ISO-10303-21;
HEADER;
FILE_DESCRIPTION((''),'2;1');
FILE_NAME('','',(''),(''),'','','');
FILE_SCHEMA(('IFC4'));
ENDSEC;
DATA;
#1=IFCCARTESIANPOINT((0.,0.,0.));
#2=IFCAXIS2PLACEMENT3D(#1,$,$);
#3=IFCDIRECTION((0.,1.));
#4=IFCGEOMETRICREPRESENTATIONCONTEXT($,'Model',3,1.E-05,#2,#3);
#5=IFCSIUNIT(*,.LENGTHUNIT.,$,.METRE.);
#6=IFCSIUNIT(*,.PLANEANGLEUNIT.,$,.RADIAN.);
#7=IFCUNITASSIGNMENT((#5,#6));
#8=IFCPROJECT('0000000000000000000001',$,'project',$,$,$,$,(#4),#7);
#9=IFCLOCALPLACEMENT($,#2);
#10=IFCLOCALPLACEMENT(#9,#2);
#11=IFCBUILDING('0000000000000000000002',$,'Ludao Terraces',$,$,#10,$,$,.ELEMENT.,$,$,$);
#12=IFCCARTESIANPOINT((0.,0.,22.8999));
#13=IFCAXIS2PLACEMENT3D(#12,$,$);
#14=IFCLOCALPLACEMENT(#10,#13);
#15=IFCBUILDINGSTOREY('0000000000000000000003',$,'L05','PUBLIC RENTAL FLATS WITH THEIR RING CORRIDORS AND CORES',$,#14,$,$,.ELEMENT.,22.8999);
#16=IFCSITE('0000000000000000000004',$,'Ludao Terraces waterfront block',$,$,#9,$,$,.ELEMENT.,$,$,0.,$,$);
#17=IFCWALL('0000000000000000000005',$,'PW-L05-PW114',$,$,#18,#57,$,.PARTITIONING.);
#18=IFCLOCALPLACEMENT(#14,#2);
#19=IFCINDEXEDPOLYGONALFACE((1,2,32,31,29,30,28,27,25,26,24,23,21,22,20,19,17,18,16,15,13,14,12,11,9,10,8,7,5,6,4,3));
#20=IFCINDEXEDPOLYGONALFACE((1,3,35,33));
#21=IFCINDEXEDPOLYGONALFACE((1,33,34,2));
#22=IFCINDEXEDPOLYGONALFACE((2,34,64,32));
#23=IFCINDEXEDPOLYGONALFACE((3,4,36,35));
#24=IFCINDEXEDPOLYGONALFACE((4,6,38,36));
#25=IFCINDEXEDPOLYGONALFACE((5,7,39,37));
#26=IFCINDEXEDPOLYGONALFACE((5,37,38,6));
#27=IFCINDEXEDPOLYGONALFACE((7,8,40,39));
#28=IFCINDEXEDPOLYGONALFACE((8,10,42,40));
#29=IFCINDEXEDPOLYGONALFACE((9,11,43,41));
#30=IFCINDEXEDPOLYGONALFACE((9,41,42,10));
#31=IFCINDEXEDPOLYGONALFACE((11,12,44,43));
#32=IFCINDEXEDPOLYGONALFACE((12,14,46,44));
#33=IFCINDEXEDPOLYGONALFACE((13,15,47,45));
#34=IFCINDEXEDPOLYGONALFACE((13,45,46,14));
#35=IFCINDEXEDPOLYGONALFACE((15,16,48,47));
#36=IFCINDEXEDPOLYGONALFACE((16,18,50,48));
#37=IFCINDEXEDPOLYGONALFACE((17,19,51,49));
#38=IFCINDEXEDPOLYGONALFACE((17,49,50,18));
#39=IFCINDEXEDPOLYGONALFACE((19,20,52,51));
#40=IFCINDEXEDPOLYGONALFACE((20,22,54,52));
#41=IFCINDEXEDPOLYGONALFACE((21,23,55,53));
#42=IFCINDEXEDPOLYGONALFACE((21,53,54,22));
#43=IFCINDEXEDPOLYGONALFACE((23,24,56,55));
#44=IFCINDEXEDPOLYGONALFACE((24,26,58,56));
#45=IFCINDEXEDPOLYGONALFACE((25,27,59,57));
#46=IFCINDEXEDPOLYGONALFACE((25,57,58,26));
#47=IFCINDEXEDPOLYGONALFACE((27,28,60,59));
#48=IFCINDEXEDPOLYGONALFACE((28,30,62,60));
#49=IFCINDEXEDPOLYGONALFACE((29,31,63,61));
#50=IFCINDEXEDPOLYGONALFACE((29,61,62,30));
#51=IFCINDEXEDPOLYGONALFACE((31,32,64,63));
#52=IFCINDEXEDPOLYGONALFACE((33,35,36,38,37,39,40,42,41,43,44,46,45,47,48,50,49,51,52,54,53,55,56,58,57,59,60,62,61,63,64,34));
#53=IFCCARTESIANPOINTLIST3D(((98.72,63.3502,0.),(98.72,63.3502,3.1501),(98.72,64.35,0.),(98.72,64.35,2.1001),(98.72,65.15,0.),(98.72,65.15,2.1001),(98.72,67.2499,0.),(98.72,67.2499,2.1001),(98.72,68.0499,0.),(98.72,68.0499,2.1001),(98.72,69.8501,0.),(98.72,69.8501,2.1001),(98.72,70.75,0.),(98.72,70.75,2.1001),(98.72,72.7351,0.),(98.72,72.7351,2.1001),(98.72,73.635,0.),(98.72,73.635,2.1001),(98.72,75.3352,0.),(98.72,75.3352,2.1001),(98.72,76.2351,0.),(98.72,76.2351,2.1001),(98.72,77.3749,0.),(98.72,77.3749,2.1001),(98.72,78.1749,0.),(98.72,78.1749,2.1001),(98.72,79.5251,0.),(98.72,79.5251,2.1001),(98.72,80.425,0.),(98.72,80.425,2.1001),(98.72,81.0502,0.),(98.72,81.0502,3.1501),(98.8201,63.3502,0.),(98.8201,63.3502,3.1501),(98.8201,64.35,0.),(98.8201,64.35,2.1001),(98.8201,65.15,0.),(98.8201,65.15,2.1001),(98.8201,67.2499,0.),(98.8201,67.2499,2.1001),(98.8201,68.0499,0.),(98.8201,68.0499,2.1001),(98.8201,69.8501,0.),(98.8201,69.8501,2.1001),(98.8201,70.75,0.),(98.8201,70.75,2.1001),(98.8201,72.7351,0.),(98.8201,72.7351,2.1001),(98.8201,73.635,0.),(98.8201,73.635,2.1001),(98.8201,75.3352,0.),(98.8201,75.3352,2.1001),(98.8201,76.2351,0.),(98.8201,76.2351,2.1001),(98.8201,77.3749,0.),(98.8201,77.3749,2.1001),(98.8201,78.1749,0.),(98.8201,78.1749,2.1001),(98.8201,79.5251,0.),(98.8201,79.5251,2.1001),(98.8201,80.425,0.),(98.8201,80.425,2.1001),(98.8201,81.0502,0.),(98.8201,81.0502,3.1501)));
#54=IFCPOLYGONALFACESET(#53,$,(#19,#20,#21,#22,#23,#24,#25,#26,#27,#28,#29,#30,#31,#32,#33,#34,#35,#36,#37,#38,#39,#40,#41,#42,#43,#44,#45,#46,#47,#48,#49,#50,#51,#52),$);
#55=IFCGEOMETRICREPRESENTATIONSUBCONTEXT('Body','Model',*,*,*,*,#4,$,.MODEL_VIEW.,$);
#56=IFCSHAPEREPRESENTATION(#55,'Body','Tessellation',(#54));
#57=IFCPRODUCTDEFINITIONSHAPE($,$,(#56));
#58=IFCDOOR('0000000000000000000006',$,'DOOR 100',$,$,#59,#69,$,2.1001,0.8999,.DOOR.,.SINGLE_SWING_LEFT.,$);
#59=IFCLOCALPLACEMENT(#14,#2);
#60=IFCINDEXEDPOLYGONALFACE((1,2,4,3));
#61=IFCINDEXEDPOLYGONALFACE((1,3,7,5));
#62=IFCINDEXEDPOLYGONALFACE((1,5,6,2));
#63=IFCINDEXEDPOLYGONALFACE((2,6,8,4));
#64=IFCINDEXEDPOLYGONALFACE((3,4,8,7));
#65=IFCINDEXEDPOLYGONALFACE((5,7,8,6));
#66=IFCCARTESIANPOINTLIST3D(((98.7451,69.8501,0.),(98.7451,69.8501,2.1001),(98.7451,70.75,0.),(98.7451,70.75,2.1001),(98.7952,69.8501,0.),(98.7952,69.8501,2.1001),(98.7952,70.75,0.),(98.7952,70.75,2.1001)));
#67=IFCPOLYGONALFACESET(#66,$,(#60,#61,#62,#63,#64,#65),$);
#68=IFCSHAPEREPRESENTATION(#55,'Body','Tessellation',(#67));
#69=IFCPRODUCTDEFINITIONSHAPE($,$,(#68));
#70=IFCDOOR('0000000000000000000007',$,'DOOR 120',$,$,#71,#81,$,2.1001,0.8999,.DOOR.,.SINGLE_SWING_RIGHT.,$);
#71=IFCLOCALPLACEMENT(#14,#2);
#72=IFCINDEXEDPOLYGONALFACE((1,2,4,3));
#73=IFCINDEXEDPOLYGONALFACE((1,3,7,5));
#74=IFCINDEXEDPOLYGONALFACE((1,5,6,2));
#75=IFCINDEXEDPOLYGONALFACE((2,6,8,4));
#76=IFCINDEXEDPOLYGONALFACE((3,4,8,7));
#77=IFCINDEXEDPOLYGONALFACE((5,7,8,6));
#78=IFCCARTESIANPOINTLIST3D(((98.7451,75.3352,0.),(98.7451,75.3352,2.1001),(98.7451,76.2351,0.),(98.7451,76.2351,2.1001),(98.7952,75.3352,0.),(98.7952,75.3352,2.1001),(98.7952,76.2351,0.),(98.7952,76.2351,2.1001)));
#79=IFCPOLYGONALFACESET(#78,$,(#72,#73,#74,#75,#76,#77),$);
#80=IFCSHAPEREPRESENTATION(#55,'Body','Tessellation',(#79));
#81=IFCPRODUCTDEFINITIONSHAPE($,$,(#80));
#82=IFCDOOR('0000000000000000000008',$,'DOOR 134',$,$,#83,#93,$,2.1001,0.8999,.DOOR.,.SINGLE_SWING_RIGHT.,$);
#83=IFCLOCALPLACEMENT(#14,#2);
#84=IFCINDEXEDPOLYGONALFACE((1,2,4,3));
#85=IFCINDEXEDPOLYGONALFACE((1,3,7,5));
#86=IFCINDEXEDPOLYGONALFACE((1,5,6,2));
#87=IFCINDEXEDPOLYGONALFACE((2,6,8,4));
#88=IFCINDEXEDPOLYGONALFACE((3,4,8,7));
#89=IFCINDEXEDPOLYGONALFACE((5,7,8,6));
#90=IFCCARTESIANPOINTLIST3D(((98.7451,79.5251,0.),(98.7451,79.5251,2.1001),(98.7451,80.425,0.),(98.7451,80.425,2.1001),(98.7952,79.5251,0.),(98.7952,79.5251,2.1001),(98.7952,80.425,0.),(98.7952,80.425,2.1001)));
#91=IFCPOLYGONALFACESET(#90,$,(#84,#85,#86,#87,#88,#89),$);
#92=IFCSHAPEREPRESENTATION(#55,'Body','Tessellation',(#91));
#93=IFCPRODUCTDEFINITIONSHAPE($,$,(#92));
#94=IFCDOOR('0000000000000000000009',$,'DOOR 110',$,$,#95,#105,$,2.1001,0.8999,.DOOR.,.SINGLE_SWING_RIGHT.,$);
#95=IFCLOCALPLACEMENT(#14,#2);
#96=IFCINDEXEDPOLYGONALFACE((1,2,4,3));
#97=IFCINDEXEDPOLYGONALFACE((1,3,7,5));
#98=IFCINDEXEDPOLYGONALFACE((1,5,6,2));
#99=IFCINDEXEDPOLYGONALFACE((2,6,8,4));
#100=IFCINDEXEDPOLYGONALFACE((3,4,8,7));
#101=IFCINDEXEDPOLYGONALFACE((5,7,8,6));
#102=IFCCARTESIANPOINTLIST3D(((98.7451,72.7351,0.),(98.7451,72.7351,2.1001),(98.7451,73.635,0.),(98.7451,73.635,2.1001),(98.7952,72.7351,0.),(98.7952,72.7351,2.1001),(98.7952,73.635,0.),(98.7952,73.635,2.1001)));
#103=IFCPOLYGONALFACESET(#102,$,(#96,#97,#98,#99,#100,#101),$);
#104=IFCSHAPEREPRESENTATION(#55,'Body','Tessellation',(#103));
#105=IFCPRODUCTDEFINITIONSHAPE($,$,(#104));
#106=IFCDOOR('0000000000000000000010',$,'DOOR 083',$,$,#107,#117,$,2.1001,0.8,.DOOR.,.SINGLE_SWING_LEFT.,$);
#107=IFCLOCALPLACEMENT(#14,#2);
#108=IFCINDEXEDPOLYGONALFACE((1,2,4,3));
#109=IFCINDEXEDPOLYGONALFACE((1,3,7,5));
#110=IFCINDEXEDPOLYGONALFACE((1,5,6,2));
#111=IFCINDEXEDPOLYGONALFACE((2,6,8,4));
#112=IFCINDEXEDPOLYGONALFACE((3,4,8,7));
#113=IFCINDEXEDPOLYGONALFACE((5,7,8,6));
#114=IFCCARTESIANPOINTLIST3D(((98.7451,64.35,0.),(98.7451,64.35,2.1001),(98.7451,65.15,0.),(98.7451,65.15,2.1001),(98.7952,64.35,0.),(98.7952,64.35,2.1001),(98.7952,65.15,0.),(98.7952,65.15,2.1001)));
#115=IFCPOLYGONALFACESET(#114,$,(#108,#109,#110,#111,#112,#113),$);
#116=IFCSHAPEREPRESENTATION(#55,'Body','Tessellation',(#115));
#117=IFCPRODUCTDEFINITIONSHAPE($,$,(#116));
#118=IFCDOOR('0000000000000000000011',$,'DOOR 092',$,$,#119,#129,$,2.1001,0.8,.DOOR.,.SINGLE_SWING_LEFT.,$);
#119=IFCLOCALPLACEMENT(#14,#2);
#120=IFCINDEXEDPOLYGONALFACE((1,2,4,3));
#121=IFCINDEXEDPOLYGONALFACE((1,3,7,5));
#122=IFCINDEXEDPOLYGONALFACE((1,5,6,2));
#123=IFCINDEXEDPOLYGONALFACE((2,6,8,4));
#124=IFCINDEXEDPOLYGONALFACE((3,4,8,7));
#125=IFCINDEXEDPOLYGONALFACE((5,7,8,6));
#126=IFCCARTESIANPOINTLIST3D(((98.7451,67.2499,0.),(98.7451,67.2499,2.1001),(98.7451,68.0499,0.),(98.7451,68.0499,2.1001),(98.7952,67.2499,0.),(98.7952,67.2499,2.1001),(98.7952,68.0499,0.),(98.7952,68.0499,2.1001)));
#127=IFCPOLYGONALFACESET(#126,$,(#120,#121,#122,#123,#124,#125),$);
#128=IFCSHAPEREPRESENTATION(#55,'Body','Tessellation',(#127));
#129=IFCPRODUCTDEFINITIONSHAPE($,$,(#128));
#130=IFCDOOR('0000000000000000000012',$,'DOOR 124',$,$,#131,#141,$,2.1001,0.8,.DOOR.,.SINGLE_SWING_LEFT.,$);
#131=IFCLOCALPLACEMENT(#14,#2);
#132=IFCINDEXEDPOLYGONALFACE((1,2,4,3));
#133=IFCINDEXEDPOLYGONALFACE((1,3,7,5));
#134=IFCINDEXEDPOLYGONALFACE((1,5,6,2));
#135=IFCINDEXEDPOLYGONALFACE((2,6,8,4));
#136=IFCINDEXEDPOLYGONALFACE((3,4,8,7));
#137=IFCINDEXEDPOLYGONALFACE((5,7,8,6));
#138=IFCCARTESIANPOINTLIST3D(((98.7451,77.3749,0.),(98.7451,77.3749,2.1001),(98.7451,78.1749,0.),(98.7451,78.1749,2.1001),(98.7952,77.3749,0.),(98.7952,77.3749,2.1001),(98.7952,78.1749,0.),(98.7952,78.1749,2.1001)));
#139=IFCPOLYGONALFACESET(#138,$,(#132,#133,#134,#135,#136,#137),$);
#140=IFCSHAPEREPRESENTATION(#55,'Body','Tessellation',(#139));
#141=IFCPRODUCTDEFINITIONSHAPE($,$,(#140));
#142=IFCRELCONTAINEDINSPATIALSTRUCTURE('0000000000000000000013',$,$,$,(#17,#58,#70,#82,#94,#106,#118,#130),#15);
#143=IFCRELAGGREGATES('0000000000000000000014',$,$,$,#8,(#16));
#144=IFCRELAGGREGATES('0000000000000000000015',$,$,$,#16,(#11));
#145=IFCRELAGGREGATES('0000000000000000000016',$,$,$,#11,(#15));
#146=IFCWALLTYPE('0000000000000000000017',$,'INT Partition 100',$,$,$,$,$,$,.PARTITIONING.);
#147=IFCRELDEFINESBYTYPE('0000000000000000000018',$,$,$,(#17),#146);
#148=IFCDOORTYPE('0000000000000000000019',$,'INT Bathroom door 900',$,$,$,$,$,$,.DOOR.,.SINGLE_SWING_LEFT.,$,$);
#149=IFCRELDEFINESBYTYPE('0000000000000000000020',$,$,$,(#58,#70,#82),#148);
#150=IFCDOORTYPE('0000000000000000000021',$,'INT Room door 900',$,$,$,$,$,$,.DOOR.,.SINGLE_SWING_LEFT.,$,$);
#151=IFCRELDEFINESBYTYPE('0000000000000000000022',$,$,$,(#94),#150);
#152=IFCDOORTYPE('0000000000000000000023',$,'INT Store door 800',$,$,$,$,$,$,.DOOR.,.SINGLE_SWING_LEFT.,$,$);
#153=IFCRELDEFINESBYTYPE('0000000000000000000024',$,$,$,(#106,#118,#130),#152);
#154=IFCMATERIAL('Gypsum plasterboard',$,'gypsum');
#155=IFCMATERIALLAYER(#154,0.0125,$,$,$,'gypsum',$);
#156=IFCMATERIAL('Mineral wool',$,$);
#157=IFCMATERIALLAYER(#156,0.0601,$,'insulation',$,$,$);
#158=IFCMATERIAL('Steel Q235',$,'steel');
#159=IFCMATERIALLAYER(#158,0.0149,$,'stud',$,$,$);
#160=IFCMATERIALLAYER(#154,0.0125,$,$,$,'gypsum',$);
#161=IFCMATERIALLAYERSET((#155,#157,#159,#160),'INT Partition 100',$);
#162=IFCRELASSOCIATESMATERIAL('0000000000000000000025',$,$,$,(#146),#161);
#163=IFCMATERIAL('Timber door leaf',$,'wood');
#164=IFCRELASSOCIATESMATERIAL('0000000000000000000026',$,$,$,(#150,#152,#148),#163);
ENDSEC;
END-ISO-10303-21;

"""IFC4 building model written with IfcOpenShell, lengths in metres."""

from ifc_helpers import new_model, si_unit, direction, frame, frame_2d, origin, place, context, subcontext, project, spatial, rectangle, extrude, material, layer, layer_set, type_object, element, fill, save


model = new_model("IFC4")

# Units and contexts
model_context = context("Model", 3, precision=1e-05, world=origin(), true_north=direction((0.0, 1.0)))
body_context = subcontext(model_context, "Body", "Model", "MODEL_VIEW")
ifc_project = project(units=[si_unit("LENGTHUNIT", "METRE"), si_unit("PLANEANGLEUNIT", "RADIAN")], contexts=[model_context])

# Site, building, storey
site_placement = place(None, origin())
site = spatial("IfcSite", under=ifc_project, at=site_placement, Name="Ludao Terraces waterfront block", CompositionType="ELEMENT", RefElevation=0.0)
building_placement = place(site_placement, origin())
building = spatial("IfcBuilding", under=site, at=building_placement, Name="Ludao Terraces", CompositionType="ELEMENT")
storey_placement = place(building_placement, frame((0.0, 0.0, 22.8999)))
storey = spatial("IfcBuildingStorey", under=building, at=storey_placement, Name="L05", Description="PUBLIC RENTAL FLATS WITH THEIR RING CORRIDORS AND CORES", CompositionType="ELEMENT", Elevation=22.8999)

# Shared definitions
ifc_material_1 = material(Name="Gypsum plasterboard", Category="gypsum")
ifc_layer_1 = layer(ifc_material_1, 0.0125, Category="gypsum")
ifc_material_2 = material(Name="Mineral wool")
ifc_layer_2 = layer(ifc_material_2, 0.0601, Name="insulation")
ifc_material_3 = material(Name="Steel Q235", Category="steel")
ifc_layer_3 = layer(ifc_material_3, 0.0149, Name="stud")
ifc_layer_4 = layer(ifc_material_1, 0.0125, Category="gypsum")
ifc_layer_set = layer_set([ifc_layer_1, ifc_layer_2, ifc_layer_3, ifc_layer_4], Name="INT Partition 100")
wall_type = type_object("IfcWallType", Name="INT Partition 100", PredefinedType="PARTITIONING", material=ifc_layer_set)

# Wall, openings, doors
ifc_material_4 = material(Name="Timber door leaf", Category="wood")
door_type_1 = type_object("IfcDoorType", Name="INT Room door 900", OperationType="SINGLE_SWING_LEFT", PredefinedType="DOOR", material=ifc_material_4)
door_type_2 = type_object("IfcDoorType", Name="INT Store door 800", OperationType="SINGLE_SWING_LEFT", PredefinedType="DOOR", material=ifc_material_4)
wall_1_placement = place(storey_placement, frame((98.77, 63.3501, 0.0), z_axis=(0.0, 0.0, 1.0), x_axis=(0.0, 1.0, 0.0)))
wall_1 = element("IfcWall", 1, at=wall_1_placement, inside=storey, type_object=wall_type, Name="PW-L05-PW114", PredefinedType="PARTITIONING", context=body_context, shape_type="SweptSolid", body=[
    extrude(rectangle(XDim=17.7, YDim=0.1001, at=frame_2d((8.8501, 0.0))), origin(), (0.0, 0.0, 1.0), 3.1501),
])
opening_1_placement = place(wall_1_placement, frame((1.0, 0.0, 0.0)))
opening_1 = element("IfcOpeningElement", 2, at=opening_1_placement, cuts=wall_1, PredefinedType="OPENING", context=body_context, shape_type="SweptSolid", body=[
    extrude(rectangle(XDim=0.8, YDim=2.1001, at=frame_2d((0.3999, 1.05))), frame((0.0, 0.0601, 0.0), z_axis=(0.0, -1.0, 0.0), x_axis=(1.0, 0.0, 0.0)), (0.0, 0.0, 1.0), 0.1201),
])
opening_2_placement = place(wall_1_placement, frame((3.8999, 0.0, 0.0)))
opening_2 = element("IfcOpeningElement", 3, at=opening_2_placement, cuts=wall_1, PredefinedType="OPENING", context=body_context, shape_type="SweptSolid", body=[
    extrude(rectangle(XDim=0.8, YDim=2.1001, at=frame_2d((0.3999, 1.05))), frame((0.0, 0.0601, 0.0), z_axis=(0.0, -1.0, 0.0), x_axis=(1.0, 0.0, 0.0)), (0.0, 0.0, 1.0), 0.1201),
])
opening_3_placement = place(wall_1_placement, frame((6.5, 0.0, 0.0)))
opening_3 = element("IfcOpeningElement", 4, at=opening_3_placement, cuts=wall_1, PredefinedType="OPENING", context=body_context, shape_type="SweptSolid", body=[
    extrude(rectangle(XDim=0.8999, YDim=2.1001, at=frame_2d((0.45, 1.05))), frame((0.0, 0.0601, 0.0), z_axis=(0.0, -1.0, 0.0), x_axis=(1.0, 0.0, 0.0)), (0.0, 0.0, 1.0), 0.1201),
])
opening_4_placement = place(wall_1_placement, frame((9.385, 0.0, 0.0)))
opening_4 = element("IfcOpeningElement", 5, at=opening_4_placement, cuts=wall_1, PredefinedType="OPENING", context=body_context, shape_type="SweptSolid", body=[
    extrude(rectangle(XDim=0.8999, YDim=2.1001, at=frame_2d((0.45, 1.05))), frame((0.0, 0.0601, 0.0), z_axis=(0.0, -1.0, 0.0), x_axis=(1.0, 0.0, 0.0)), (0.0, 0.0, 1.0), 0.1201),
])
opening_5_placement = place(wall_1_placement, frame((11.9851, 0.0, 0.0)))
opening_5 = element("IfcOpeningElement", 6, at=opening_5_placement, cuts=wall_1, PredefinedType="OPENING", context=body_context, shape_type="SweptSolid", body=[
    extrude(rectangle(XDim=0.8999, YDim=2.1001, at=frame_2d((0.45, 1.05))), frame((0.0, 0.0601, 0.0), z_axis=(0.0, -1.0, 0.0), x_axis=(1.0, 0.0, 0.0)), (0.0, 0.0, 1.0), 0.1201),
])
opening_6_placement = place(wall_1_placement, frame((14.0249, 0.0, 0.0)))
opening_6 = element("IfcOpeningElement", 7, at=opening_6_placement, cuts=wall_1, PredefinedType="OPENING", context=body_context, shape_type="SweptSolid", body=[
    extrude(rectangle(XDim=0.8, YDim=2.1001, at=frame_2d((0.3999, 1.05))), frame((0.0, 0.0601, 0.0), z_axis=(0.0, -1.0, 0.0), x_axis=(1.0, 0.0, 0.0)), (0.0, 0.0, 1.0), 0.1201),
])
opening_7_placement = place(wall_1_placement, frame((16.175, 0.0, 0.0)))
opening_7 = element("IfcOpeningElement", 8, at=opening_7_placement, cuts=wall_1, PredefinedType="OPENING", context=body_context, shape_type="SweptSolid", body=[
    extrude(rectangle(XDim=0.8999, YDim=2.1001, at=frame_2d((0.45, 1.05))), frame((0.0, 0.0601, 0.0), z_axis=(0.0, -1.0, 0.0), x_axis=(1.0, 0.0, 0.0)), (0.0, 0.0, 1.0), 0.1201),
])
door_type_3 = type_object("IfcDoorType", Name="INT Bathroom door 900", OperationType="SINGLE_SWING_LEFT", PredefinedType="DOOR", material=ifc_material_4)
door_1_placement = place(opening_3_placement, origin())
door_1 = element("IfcDoor", 9, at=door_1_placement, inside=storey, type_object=door_type_3, Name="DOOR 100", OperationType="SINGLE_SWING_LEFT", OverallHeight=2.1001, OverallWidth=0.8999, PredefinedType="DOOR", context=body_context, shape_type="SweptSolid", body=[
    extrude(rectangle(XDim=0.8999, YDim=2.1001, at=frame_2d((0.45, 1.05))), frame((0.0, 0.0249, 0.0), z_axis=(0.0, -1.0, 0.0), x_axis=(1.0, 0.0, 0.0)), (0.0, 0.0, 1.0), 0.05),
])
fill(opening_3, door_1)
door_2_placement = place(opening_5_placement, origin())
door_2 = element("IfcDoor", 10, at=door_2_placement, inside=storey, type_object=door_type_3, Name="DOOR 120", OperationType="SINGLE_SWING_RIGHT", OverallHeight=2.1001, OverallWidth=0.8999, PredefinedType="DOOR", context=body_context, shape_type="SweptSolid", body=[
    extrude(rectangle(XDim=0.8999, YDim=2.1001, at=frame_2d((0.45, 1.05))), frame((0.0, 0.0249, 0.0), z_axis=(0.0, -1.0, 0.0), x_axis=(1.0, 0.0, 0.0)), (0.0, 0.0, 1.0), 0.05),
])
fill(opening_5, door_2)
door_3_placement = place(opening_7_placement, origin())
door_3 = element("IfcDoor", 11, at=door_3_placement, inside=storey, type_object=door_type_3, Name="DOOR 134", OperationType="SINGLE_SWING_RIGHT", OverallHeight=2.1001, OverallWidth=0.8999, PredefinedType="DOOR", context=body_context, shape_type="SweptSolid", body=[
    extrude(rectangle(XDim=0.8999, YDim=2.1001, at=frame_2d((0.45, 1.05))), frame((0.0, 0.0249, 0.0), z_axis=(0.0, -1.0, 0.0), x_axis=(1.0, 0.0, 0.0)), (0.0, 0.0, 1.0), 0.05),
])
fill(opening_7, door_3)
door_4_placement = place(opening_4_placement, origin())
door_4 = element("IfcDoor", 12, at=door_4_placement, inside=storey, type_object=door_type_1, Name="DOOR 110", OperationType="SINGLE_SWING_RIGHT", OverallHeight=2.1001, OverallWidth=0.8999, PredefinedType="DOOR", context=body_context, shape_type="SweptSolid", body=[
    extrude(rectangle(XDim=0.8999, YDim=2.1001, at=frame_2d((0.45, 1.05))), frame((0.0, 0.0249, 0.0), z_axis=(0.0, -1.0, 0.0), x_axis=(1.0, 0.0, 0.0)), (0.0, 0.0, 1.0), 0.05),
])
fill(opening_4, door_4)
door_5_placement = place(opening_1_placement, origin())
door_5 = element("IfcDoor", 13, at=door_5_placement, inside=storey, type_object=door_type_2, Name="DOOR 083", OperationType="SINGLE_SWING_LEFT", OverallHeight=2.1001, OverallWidth=0.8, PredefinedType="DOOR", context=body_context, shape_type="SweptSolid", body=[
    extrude(rectangle(XDim=0.8, YDim=2.1001, at=frame_2d((0.3999, 1.05))), frame((0.0, 0.0249, 0.0), z_axis=(0.0, -1.0, 0.0), x_axis=(1.0, 0.0, 0.0)), (0.0, 0.0, 1.0), 0.05),
])
fill(opening_1, door_5)
door_6_placement = place(opening_2_placement, origin())
door_6 = element("IfcDoor", 14, at=door_6_placement, inside=storey, type_object=door_type_2, Name="DOOR 092", OperationType="SINGLE_SWING_LEFT", OverallHeight=2.1001, OverallWidth=0.8, PredefinedType="DOOR", context=body_context, shape_type="SweptSolid", body=[
    extrude(rectangle(XDim=0.8, YDim=2.1001, at=frame_2d((0.3999, 1.05))), frame((0.0, 0.0249, 0.0), z_axis=(0.0, -1.0, 0.0), x_axis=(1.0, 0.0, 0.0)), (0.0, 0.0, 1.0), 0.05),
])
fill(opening_2, door_6)
door_7_placement = place(opening_6_placement, origin())
door_7 = element("IfcDoor", 15, at=door_7_placement, inside=storey, type_object=door_type_2, Name="DOOR 124", OperationType="SINGLE_SWING_LEFT", OverallHeight=2.1001, OverallWidth=0.8, PredefinedType="DOOR", context=body_context, shape_type="SweptSolid", body=[
    extrude(rectangle(XDim=0.8, YDim=2.1001, at=frame_2d((0.3999, 1.05))), frame((0.0, 0.0249, 0.0), z_axis=(0.0, -1.0, 0.0), x_axis=(1.0, 0.0, 0.0)), (0.0, 0.0, 1.0), 0.05),
])
fill(opening_6, door_7)

save(model, "model.ifc")
